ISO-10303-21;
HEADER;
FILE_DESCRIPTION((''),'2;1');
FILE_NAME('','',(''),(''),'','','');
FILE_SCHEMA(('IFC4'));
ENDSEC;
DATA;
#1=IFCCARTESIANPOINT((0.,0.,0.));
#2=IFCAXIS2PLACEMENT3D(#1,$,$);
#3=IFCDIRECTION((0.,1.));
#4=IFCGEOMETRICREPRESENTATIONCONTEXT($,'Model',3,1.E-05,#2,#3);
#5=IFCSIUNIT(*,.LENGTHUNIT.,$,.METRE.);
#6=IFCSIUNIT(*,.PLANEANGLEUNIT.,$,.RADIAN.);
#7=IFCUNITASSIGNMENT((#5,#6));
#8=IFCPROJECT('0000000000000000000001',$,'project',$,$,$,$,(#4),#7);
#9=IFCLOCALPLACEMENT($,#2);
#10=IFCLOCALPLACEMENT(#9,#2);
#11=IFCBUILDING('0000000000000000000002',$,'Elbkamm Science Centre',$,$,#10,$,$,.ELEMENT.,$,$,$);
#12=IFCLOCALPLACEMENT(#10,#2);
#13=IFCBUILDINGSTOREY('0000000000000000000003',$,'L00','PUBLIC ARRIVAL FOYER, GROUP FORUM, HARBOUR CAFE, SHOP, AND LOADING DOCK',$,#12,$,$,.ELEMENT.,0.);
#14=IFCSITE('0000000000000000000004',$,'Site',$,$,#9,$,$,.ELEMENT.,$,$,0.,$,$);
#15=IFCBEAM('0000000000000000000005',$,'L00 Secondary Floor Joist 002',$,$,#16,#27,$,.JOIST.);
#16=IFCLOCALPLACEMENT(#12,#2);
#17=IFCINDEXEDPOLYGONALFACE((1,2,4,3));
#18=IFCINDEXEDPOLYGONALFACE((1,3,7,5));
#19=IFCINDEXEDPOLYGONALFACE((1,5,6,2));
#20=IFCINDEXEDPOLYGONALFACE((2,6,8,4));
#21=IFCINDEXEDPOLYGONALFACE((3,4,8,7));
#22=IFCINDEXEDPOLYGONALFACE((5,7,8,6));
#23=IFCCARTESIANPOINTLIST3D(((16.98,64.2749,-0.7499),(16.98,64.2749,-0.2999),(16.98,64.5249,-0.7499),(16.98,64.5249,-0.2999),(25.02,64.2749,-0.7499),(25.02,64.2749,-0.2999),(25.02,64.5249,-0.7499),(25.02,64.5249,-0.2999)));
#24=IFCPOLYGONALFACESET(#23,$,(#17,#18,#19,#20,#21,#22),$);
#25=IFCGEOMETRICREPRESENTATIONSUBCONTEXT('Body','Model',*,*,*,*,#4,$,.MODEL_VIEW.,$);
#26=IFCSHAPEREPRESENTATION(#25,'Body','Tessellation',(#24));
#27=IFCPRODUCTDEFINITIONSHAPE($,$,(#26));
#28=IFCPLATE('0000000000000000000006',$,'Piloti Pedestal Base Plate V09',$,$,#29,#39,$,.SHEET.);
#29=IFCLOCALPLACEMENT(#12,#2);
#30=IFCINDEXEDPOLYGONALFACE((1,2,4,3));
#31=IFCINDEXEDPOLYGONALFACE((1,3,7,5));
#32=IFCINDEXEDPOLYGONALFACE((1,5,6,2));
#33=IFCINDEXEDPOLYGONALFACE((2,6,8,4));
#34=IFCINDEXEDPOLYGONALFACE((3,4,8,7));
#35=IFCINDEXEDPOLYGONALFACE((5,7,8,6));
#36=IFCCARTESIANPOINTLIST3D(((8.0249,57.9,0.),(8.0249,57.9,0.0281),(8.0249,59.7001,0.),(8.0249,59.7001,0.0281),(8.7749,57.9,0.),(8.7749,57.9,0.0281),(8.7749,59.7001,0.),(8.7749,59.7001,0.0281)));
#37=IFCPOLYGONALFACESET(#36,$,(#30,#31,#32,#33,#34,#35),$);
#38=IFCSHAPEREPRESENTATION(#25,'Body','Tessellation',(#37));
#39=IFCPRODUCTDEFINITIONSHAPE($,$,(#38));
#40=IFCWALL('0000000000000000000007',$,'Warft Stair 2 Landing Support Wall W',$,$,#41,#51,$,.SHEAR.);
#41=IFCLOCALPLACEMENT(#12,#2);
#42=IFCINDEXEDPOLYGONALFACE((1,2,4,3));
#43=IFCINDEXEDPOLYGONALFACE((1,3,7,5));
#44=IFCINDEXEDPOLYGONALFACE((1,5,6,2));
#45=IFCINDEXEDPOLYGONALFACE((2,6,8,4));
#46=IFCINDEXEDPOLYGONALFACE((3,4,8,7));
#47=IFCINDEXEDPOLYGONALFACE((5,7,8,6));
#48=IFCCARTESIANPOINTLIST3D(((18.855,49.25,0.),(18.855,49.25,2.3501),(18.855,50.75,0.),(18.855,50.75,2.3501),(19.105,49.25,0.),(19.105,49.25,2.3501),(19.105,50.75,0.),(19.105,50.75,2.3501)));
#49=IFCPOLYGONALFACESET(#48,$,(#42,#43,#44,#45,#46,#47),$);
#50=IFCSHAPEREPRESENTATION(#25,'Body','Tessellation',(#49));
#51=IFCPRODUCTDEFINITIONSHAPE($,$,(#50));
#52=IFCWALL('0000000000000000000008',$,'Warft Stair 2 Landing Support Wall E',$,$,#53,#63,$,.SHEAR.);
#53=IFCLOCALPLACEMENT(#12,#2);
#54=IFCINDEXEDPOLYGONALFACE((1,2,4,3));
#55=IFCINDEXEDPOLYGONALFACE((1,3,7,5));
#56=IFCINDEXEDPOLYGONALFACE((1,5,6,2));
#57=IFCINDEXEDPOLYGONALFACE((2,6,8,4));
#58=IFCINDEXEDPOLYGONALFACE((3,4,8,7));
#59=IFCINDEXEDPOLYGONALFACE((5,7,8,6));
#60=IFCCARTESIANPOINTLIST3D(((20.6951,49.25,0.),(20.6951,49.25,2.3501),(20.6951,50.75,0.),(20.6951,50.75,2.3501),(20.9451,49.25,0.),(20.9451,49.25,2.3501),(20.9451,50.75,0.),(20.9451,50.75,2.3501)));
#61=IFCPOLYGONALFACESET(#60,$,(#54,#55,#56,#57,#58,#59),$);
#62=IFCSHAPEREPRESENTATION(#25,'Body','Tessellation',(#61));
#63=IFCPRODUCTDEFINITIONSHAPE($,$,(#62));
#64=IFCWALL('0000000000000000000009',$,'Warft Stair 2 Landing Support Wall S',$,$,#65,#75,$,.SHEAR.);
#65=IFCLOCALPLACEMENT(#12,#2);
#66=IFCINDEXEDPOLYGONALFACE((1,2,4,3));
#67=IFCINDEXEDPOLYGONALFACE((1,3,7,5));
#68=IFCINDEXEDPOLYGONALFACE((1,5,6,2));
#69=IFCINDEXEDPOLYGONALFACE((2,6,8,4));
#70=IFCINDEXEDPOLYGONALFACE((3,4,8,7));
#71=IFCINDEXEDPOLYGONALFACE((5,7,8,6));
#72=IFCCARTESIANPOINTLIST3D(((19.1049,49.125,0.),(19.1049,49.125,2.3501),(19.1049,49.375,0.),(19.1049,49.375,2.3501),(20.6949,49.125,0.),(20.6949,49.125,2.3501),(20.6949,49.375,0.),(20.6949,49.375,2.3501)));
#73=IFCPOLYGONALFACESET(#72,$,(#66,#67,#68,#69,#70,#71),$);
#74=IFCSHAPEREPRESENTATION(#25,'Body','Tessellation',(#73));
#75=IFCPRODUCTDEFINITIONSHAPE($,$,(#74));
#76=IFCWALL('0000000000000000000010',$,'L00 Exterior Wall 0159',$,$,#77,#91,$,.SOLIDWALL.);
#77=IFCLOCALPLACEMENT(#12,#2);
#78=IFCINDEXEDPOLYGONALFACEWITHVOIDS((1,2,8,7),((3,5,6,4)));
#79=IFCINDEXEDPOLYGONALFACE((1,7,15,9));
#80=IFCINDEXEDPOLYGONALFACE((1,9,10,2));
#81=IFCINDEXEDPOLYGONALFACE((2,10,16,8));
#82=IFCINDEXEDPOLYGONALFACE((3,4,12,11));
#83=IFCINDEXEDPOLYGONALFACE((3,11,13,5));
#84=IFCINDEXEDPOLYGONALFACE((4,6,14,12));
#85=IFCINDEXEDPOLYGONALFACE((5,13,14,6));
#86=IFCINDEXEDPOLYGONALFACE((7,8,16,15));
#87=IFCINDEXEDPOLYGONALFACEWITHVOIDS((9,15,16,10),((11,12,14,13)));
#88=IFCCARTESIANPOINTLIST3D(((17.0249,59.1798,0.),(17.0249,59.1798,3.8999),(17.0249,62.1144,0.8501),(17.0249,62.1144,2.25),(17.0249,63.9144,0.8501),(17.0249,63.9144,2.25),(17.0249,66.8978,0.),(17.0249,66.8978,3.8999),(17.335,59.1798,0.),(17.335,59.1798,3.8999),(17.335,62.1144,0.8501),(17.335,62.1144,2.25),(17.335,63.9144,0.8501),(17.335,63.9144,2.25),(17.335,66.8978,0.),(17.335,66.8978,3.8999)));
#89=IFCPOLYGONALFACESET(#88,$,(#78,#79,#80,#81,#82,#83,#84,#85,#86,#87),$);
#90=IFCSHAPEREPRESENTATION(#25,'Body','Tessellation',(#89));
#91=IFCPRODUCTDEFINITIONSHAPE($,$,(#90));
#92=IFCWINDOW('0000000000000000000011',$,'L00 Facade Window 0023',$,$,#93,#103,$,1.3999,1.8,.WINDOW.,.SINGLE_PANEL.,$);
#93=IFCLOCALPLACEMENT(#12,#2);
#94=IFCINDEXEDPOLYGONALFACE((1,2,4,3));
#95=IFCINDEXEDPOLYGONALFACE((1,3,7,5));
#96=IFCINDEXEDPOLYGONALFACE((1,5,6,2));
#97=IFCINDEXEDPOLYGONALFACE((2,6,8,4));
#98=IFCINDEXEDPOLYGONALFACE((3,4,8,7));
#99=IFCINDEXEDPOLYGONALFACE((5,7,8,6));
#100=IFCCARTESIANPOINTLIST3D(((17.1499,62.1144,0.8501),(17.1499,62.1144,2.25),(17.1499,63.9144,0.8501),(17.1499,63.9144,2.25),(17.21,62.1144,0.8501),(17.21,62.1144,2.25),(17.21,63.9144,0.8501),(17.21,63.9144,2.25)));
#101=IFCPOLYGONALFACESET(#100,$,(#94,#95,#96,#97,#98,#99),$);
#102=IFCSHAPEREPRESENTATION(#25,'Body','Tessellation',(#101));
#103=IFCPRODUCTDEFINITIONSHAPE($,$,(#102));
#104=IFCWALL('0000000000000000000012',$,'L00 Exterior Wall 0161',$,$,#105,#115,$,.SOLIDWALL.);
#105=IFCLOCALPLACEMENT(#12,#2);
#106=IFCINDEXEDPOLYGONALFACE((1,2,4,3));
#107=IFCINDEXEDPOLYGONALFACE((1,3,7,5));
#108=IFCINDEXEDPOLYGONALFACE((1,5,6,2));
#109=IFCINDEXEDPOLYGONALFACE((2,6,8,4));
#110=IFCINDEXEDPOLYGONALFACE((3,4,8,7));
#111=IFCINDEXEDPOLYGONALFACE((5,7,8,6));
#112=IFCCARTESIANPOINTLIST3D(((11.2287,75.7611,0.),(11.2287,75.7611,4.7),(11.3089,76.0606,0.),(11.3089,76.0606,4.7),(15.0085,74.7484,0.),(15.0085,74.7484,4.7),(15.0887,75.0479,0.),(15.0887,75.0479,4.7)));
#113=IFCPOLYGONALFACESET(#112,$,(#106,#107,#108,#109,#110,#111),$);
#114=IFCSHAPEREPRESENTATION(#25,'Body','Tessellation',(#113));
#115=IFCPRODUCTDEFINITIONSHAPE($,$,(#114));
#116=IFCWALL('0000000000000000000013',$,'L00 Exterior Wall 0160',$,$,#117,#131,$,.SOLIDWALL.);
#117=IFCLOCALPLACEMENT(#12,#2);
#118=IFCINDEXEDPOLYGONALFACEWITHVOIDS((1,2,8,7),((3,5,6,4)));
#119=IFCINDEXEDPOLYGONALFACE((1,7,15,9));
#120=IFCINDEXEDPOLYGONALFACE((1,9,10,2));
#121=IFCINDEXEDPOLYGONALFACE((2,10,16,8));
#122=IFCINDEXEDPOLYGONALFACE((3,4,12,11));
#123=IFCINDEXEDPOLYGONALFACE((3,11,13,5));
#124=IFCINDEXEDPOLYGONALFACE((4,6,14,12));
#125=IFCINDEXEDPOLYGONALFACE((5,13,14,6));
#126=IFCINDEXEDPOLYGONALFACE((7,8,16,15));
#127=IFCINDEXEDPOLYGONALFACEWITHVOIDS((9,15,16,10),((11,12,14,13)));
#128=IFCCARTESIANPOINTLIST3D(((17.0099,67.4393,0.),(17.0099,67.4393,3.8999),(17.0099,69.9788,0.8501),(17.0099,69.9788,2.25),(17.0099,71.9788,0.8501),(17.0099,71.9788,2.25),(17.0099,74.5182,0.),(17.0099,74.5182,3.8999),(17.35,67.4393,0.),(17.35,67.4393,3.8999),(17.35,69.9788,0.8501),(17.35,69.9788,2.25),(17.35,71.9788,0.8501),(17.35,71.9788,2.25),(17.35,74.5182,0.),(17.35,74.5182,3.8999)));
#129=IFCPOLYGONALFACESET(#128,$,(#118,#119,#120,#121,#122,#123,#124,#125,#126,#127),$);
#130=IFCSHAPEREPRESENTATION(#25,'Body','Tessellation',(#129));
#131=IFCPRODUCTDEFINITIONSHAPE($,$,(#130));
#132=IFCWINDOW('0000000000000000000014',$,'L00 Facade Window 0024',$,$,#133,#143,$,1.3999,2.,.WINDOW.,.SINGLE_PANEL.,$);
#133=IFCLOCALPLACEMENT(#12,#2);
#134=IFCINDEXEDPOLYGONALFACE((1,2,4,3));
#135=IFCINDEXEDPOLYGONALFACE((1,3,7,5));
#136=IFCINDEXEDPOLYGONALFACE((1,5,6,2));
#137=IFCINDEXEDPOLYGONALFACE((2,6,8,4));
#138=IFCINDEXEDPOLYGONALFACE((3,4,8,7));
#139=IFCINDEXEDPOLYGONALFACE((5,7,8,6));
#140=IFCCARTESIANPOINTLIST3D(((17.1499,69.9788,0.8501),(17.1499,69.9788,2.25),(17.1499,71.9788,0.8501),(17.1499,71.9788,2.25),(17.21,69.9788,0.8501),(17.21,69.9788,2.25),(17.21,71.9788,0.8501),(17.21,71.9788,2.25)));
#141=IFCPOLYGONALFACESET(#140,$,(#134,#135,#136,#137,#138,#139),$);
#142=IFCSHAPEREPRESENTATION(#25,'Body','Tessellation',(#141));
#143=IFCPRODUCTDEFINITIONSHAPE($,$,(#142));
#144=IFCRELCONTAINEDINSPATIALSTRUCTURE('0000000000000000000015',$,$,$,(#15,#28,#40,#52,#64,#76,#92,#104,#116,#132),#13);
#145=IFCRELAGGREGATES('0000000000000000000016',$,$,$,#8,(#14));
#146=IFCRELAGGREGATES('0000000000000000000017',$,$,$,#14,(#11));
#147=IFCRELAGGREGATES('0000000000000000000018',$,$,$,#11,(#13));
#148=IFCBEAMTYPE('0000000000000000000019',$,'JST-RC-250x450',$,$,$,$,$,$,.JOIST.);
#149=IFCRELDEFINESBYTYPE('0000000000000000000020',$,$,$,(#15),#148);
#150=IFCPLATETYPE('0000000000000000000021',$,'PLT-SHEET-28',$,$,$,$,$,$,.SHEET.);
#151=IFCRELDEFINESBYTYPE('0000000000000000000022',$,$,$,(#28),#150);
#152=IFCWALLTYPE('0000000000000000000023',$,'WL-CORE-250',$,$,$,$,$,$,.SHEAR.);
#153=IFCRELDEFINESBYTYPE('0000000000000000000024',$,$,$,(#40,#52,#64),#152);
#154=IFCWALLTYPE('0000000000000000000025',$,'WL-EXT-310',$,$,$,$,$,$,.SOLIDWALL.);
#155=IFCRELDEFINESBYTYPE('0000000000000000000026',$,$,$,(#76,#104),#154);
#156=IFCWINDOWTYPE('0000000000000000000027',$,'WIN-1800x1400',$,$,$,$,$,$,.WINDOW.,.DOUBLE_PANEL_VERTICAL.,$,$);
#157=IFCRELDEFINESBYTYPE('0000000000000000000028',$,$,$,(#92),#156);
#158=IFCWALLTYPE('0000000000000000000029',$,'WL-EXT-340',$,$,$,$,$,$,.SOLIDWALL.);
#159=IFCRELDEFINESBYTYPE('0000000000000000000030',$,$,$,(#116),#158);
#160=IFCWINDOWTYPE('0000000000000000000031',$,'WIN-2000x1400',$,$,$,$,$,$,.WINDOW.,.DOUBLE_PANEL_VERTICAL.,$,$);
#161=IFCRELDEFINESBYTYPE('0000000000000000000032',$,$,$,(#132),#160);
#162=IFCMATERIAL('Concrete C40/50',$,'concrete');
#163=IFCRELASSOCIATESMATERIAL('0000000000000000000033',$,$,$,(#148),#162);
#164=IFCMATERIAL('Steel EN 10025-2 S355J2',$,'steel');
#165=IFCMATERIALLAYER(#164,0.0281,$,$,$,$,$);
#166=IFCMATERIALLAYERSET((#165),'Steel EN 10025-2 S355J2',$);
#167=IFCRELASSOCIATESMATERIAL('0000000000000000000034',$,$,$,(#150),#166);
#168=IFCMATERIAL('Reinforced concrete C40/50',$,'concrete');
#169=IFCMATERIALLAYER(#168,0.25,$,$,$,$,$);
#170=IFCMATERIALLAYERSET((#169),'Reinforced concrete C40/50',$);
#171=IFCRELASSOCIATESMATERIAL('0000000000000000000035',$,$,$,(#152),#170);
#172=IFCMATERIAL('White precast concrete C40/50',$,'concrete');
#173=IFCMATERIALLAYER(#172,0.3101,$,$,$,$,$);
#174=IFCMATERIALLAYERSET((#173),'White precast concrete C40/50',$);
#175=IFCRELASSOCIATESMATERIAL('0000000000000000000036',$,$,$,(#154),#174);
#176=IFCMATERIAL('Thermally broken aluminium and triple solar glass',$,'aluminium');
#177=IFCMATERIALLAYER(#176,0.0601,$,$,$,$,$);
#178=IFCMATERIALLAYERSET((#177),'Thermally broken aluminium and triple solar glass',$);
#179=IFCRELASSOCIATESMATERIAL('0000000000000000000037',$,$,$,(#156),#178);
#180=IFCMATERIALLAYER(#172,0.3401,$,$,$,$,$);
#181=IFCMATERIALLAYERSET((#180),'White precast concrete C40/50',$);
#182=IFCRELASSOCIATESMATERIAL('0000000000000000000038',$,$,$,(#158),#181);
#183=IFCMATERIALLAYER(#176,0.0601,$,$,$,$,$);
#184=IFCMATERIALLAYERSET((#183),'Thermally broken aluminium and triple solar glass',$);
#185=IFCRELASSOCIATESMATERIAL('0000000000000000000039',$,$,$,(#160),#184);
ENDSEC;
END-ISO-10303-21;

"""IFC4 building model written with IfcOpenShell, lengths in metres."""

from ifc_helpers import new_model, si_unit, direction, frame, frame_2d, origin, origin_2d, place, context, subcontext, project, spatial, rectangle, extrude, material, layer, layer_set, material_profile, profile_set, type_object, element, fill, save


model = new_model("IFC4")

# Units and contexts
model_context = context("Model", 3, precision=1e-05, world=origin(), true_north=direction((0.0, 1.0)))
body_context = subcontext(model_context, "Body", "Model", "MODEL_VIEW")
ifc_project = project(units=[si_unit("LENGTHUNIT", "METRE"), si_unit("PLANEANGLEUNIT", "RADIAN")], contexts=[model_context])

# Site, building, storey
site_placement = place(None, origin())
site = spatial("IfcSite", under=ifc_project, at=site_placement, Name="Site", CompositionType="ELEMENT", RefElevation=0.0)
building_placement = place(site_placement, origin())
building = spatial("IfcBuilding", under=site, at=building_placement, Name="Elbkamm Science Centre", CompositionType="ELEMENT")
storey_placement = place(building_placement, origin())
storey = spatial("IfcBuildingStorey", under=building, at=storey_placement, Name="L00", Description="PUBLIC ARRIVAL FOYER, GROUP FORUM, HARBOUR CAFE, SHOP, AND LOADING DOCK", CompositionType="ELEMENT", Elevation=0.0)

# Shared definitions
ifc_material_1 = material(Name="Concrete C40/50", Category="concrete")

# Beam
ifc_material_profile_1 = material_profile(ifc_material_1, rectangle(XDim=0.25, YDim=0.45, at=origin_2d()), Name="RC 250x450")
ifc_profile_set_1 = profile_set([ifc_material_profile_1], Name="Concrete C40/50")
beam_type_1 = type_object("IfcBeamType", Name="JST-RC-250x450", PredefinedType="JOIST", material=ifc_profile_set_1)
for number, where, z_axis, x_axis, name in (
    (1, (16.98, 64.3999, -0.5249), (1.0, 0.0, 0.0), (0.0, 1.0, 0.0), "L00 Secondary Floor Joist 002"),
):
    element("IfcBeam", number, at=place(storey_placement, frame(where, z_axis=z_axis, x_axis=x_axis)), inside=storey, type_object=beam_type_1, Name=name, PredefinedType="JOIST", context=body_context, shape_type="SweptSolid", body=[
        extrude(rectangle(XDim=0.25, YDim=0.45, at=origin_2d()), origin(), (0.0, 0.0, 1.0), 8.04),
    ])

# Plate
ifc_material_2 = material(Name="Steel EN 10025-2 S355J2", Category="steel")
ifc_layer_1 = layer(ifc_material_2, 0.0281)
ifc_layer_set_1 = layer_set([ifc_layer_1], Name="Steel EN 10025-2 S355J2")
plate_type = type_object("IfcPlateType", Name="PLT-SHEET-28", PredefinedType="SHEET", material=ifc_layer_set_1)
plate_placement = place(storey_placement, frame((8.3999, 58.8, 0.0), z_axis=(0.0, 0.0, 1.0), x_axis=(0.0, 1.0, 0.0)))
element("IfcPlate", 2, at=plate_placement, inside=storey, type_object=plate_type, Name="Piloti Pedestal Base Plate V09", PredefinedType="SHEET", context=body_context, shape_type="SweptSolid", body=[
    extrude(rectangle(XDim=1.8, YDim=0.75, at=origin_2d()), origin(), (0.0, 0.0, 1.0), 0.0281),
])

# Walls
ifc_material_3 = material(Name="Reinforced concrete C40/50", Category="concrete")
ifc_layer_2 = layer(ifc_material_3, 0.25)
ifc_layer_set_2 = layer_set([ifc_layer_2], Name="Reinforced concrete C40/50")
wall_type_1 = type_object("IfcWallType", Name="WL-CORE-250", PredefinedType="SHEAR", material=ifc_layer_set_2)
for number, where, z_axis, x_axis, name in (
    (3, (18.98, 49.25, 0.0), (0.0, 0.0, 1.0), (0.0, 1.0, 0.0), "Warft Stair 2 Landing Support Wall W"),
    (4, (20.8201, 49.25, 0.0), (0.0, 0.0, 1.0), (0.0, 1.0, 0.0), "Warft Stair 2 Landing Support Wall E"),
):
    element("IfcWall", number, at=place(storey_placement, frame(where, z_axis=z_axis, x_axis=x_axis)), inside=storey, type_object=wall_type_1, Name=name, PredefinedType="SHEAR", context=body_context, shape_type="SweptSolid", body=[
        extrude(rectangle(XDim=1.5, YDim=0.25, at=frame_2d((0.75, 0.0))), origin(), (0.0, 0.0, 1.0), 2.3501),
    ])
wall_1_placement = place(storey_placement, frame((19.105, 49.25, 0.0), z_axis=(0.0, 0.0, 1.0), x_axis=(1.0, 0.0, 0.0)))
element("IfcWall", 5, at=wall_1_placement, inside=storey, type_object=wall_type_1, Name="Warft Stair 2 Landing Support Wall S", PredefinedType="SHEAR", context=body_context, shape_type="SweptSolid", body=[
    extrude(rectangle(XDim=1.5901, YDim=0.25, at=frame_2d((0.7949, 0.0))), origin(), (0.0, 0.0, 1.0), 2.3501),
])

# Wall, opening, window
ifc_material_4 = material(Name="White precast concrete C40/50", Category="concrete")
ifc_layer_3 = layer(ifc_material_4, 0.3101)
ifc_layer_set_3 = layer_set([ifc_layer_3], Name="White precast concrete C40/50")
wall_type_2 = type_object("IfcWallType", Name="WL-EXT-310", PredefinedType="SOLIDWALL", material=ifc_layer_set_3)
wall_2_placement = place(storey_placement, frame((17.1799, 59.1799, 0.0), z_axis=(0.0, 0.0, 1.0), x_axis=(0.0, 1.0, 0.0)))
wall_2 = element("IfcWall", 6, at=wall_2_placement, inside=storey, type_object=wall_type_2, Name="L00 Exterior Wall 0159", PredefinedType="SOLIDWALL", context=body_context, shape_type="SweptSolid", body=[
    extrude(rectangle(XDim=7.718, YDim=0.3101, at=frame_2d((3.8589, 0.0))), origin(), (0.0, 0.0, 1.0), 3.8999),
])
opening_1_placement = place(wall_2_placement, frame((2.9346, 0.0, 0.8501)))
opening_1 = element("IfcOpeningElement", 7, at=opening_1_placement, cuts=wall_2, PredefinedType="OPENING", context=body_context, shape_type="SweptSolid", body=[
    extrude(rectangle(XDim=1.8, YDim=1.3999, at=frame_2d((0.8999, 0.7))), frame((0.0, 0.167, 0.0), z_axis=(0.0, -1.0, 0.0), x_axis=(1.0, 0.0, 0.0)), (0.0, 0.0, 1.0), 0.334),
])
ifc_material_5 = material(Name="Thermally broken aluminium and triple solar glass", Category="aluminium")
ifc_layer_4 = layer(ifc_material_5, 0.0601)
ifc_layer_set_4 = layer_set([ifc_layer_4], Name="Thermally broken aluminium and triple solar glass")
window_type_1 = type_object("IfcWindowType", Name="WIN-1800x1400", PartitioningType="DOUBLE_PANEL_VERTICAL", PredefinedType="WINDOW", material=ifc_layer_set_4)
window_1_placement = place(opening_1_placement, origin())
window_1 = element("IfcWindow", 8, at=window_1_placement, inside=storey, type_object=window_type_1, Name="L00 Facade Window 0023", OverallHeight=1.3999, OverallWidth=1.8, PartitioningType="SINGLE_PANEL", PredefinedType="WINDOW", context=body_context, shape_type="SweptSolid", body=[
    extrude(rectangle(XDim=1.8, YDim=1.3999, at=frame_2d((0.8999, 0.7))), frame((0.0, 0.03, 0.0), z_axis=(0.0, -1.0, 0.0), x_axis=(1.0, 0.0, 0.0)), (0.0, 0.0, 1.0), 0.0601),
])
fill(opening_1, window_1)

# Wall
wall_3_placement = place(storey_placement, frame((15.0486, 74.8982, 0.0), z_axis=(0.0, 0.0, 1.0), x_axis=(-0.965932, 0.258796, 0.0)))
element("IfcWall", 9, at=wall_3_placement, inside=storey, type_object=wall_type_2, Name="L00 Exterior Wall 0161", PredefinedType="SOLIDWALL", context=body_context, shape_type="SweptSolid", body=[
    extrude(rectangle(XDim=3.9131, YDim=0.3101, at=frame_2d((1.9565, 0.0))), origin(), (0.0, 0.0, 1.0), 4.7),
])

# Wall, opening, window
ifc_layer_5 = layer(ifc_material_4, 0.3401)
ifc_layer_set_5 = layer_set([ifc_layer_5], Name="White precast concrete C40/50")
wall_type_3 = type_object("IfcWallType", Name="WL-EXT-340", PredefinedType="SOLIDWALL", material=ifc_layer_set_5)
wall_4_placement = place(storey_placement, frame((17.1799, 67.4392, 0.0), z_axis=(0.0, 0.0, 1.0), x_axis=(0.0, 1.0, 0.0)))
wall_4 = element("IfcWall", 10, at=wall_4_placement, inside=storey, type_object=wall_type_3, Name="L00 Exterior Wall 0160", PredefinedType="SOLIDWALL", context=body_context, shape_type="SweptSolid", body=[
    extrude(rectangle(XDim=7.0789, YDim=0.3401, at=frame_2d((3.5396, 0.0))), origin(), (0.0, 0.0, 1.0), 3.8999),
])
opening_2_placement = place(wall_4_placement, frame((2.5396, 0.0, 0.8501)))
opening_2 = element("IfcOpeningElement", 11, at=opening_2_placement, cuts=wall_4, PredefinedType="OPENING", context=body_context, shape_type="SweptSolid", body=[
    extrude(rectangle(XDim=2.0, YDim=1.3999, at=frame_2d((1.0, 0.7))), frame((0.0, 0.1821, 0.0), z_axis=(0.0, -1.0, 0.0), x_axis=(1.0, 0.0, 0.0)), (0.0, 0.0, 1.0), 0.364),
])
ifc_layer_6 = layer(ifc_material_5, 0.0601)
ifc_layer_set_6 = layer_set([ifc_layer_6], Name="Thermally broken aluminium and triple solar glass")
window_type_2 = type_object("IfcWindowType", Name="WIN-2000x1400", PartitioningType="DOUBLE_PANEL_VERTICAL", PredefinedType="WINDOW", material=ifc_layer_set_6)
window_2_placement = place(opening_2_placement, origin())
window_2 = element("IfcWindow", 12, at=window_2_placement, inside=storey, type_object=window_type_2, Name="L00 Facade Window 0024", OverallHeight=1.3999, OverallWidth=2.0, PartitioningType="SINGLE_PANEL", PredefinedType="WINDOW", context=body_context, shape_type="SweptSolid", body=[
    extrude(rectangle(XDim=2.0, YDim=1.3999, at=frame_2d((1.0, 0.7))), frame((0.0, 0.03, 0.0), z_axis=(0.0, -1.0, 0.0), x_axis=(1.0, 0.0, 0.0)), (0.0, 0.0, 1.0), 0.0601),
])
fill(opening_2, window_2)

save(model, "model.ifc")
